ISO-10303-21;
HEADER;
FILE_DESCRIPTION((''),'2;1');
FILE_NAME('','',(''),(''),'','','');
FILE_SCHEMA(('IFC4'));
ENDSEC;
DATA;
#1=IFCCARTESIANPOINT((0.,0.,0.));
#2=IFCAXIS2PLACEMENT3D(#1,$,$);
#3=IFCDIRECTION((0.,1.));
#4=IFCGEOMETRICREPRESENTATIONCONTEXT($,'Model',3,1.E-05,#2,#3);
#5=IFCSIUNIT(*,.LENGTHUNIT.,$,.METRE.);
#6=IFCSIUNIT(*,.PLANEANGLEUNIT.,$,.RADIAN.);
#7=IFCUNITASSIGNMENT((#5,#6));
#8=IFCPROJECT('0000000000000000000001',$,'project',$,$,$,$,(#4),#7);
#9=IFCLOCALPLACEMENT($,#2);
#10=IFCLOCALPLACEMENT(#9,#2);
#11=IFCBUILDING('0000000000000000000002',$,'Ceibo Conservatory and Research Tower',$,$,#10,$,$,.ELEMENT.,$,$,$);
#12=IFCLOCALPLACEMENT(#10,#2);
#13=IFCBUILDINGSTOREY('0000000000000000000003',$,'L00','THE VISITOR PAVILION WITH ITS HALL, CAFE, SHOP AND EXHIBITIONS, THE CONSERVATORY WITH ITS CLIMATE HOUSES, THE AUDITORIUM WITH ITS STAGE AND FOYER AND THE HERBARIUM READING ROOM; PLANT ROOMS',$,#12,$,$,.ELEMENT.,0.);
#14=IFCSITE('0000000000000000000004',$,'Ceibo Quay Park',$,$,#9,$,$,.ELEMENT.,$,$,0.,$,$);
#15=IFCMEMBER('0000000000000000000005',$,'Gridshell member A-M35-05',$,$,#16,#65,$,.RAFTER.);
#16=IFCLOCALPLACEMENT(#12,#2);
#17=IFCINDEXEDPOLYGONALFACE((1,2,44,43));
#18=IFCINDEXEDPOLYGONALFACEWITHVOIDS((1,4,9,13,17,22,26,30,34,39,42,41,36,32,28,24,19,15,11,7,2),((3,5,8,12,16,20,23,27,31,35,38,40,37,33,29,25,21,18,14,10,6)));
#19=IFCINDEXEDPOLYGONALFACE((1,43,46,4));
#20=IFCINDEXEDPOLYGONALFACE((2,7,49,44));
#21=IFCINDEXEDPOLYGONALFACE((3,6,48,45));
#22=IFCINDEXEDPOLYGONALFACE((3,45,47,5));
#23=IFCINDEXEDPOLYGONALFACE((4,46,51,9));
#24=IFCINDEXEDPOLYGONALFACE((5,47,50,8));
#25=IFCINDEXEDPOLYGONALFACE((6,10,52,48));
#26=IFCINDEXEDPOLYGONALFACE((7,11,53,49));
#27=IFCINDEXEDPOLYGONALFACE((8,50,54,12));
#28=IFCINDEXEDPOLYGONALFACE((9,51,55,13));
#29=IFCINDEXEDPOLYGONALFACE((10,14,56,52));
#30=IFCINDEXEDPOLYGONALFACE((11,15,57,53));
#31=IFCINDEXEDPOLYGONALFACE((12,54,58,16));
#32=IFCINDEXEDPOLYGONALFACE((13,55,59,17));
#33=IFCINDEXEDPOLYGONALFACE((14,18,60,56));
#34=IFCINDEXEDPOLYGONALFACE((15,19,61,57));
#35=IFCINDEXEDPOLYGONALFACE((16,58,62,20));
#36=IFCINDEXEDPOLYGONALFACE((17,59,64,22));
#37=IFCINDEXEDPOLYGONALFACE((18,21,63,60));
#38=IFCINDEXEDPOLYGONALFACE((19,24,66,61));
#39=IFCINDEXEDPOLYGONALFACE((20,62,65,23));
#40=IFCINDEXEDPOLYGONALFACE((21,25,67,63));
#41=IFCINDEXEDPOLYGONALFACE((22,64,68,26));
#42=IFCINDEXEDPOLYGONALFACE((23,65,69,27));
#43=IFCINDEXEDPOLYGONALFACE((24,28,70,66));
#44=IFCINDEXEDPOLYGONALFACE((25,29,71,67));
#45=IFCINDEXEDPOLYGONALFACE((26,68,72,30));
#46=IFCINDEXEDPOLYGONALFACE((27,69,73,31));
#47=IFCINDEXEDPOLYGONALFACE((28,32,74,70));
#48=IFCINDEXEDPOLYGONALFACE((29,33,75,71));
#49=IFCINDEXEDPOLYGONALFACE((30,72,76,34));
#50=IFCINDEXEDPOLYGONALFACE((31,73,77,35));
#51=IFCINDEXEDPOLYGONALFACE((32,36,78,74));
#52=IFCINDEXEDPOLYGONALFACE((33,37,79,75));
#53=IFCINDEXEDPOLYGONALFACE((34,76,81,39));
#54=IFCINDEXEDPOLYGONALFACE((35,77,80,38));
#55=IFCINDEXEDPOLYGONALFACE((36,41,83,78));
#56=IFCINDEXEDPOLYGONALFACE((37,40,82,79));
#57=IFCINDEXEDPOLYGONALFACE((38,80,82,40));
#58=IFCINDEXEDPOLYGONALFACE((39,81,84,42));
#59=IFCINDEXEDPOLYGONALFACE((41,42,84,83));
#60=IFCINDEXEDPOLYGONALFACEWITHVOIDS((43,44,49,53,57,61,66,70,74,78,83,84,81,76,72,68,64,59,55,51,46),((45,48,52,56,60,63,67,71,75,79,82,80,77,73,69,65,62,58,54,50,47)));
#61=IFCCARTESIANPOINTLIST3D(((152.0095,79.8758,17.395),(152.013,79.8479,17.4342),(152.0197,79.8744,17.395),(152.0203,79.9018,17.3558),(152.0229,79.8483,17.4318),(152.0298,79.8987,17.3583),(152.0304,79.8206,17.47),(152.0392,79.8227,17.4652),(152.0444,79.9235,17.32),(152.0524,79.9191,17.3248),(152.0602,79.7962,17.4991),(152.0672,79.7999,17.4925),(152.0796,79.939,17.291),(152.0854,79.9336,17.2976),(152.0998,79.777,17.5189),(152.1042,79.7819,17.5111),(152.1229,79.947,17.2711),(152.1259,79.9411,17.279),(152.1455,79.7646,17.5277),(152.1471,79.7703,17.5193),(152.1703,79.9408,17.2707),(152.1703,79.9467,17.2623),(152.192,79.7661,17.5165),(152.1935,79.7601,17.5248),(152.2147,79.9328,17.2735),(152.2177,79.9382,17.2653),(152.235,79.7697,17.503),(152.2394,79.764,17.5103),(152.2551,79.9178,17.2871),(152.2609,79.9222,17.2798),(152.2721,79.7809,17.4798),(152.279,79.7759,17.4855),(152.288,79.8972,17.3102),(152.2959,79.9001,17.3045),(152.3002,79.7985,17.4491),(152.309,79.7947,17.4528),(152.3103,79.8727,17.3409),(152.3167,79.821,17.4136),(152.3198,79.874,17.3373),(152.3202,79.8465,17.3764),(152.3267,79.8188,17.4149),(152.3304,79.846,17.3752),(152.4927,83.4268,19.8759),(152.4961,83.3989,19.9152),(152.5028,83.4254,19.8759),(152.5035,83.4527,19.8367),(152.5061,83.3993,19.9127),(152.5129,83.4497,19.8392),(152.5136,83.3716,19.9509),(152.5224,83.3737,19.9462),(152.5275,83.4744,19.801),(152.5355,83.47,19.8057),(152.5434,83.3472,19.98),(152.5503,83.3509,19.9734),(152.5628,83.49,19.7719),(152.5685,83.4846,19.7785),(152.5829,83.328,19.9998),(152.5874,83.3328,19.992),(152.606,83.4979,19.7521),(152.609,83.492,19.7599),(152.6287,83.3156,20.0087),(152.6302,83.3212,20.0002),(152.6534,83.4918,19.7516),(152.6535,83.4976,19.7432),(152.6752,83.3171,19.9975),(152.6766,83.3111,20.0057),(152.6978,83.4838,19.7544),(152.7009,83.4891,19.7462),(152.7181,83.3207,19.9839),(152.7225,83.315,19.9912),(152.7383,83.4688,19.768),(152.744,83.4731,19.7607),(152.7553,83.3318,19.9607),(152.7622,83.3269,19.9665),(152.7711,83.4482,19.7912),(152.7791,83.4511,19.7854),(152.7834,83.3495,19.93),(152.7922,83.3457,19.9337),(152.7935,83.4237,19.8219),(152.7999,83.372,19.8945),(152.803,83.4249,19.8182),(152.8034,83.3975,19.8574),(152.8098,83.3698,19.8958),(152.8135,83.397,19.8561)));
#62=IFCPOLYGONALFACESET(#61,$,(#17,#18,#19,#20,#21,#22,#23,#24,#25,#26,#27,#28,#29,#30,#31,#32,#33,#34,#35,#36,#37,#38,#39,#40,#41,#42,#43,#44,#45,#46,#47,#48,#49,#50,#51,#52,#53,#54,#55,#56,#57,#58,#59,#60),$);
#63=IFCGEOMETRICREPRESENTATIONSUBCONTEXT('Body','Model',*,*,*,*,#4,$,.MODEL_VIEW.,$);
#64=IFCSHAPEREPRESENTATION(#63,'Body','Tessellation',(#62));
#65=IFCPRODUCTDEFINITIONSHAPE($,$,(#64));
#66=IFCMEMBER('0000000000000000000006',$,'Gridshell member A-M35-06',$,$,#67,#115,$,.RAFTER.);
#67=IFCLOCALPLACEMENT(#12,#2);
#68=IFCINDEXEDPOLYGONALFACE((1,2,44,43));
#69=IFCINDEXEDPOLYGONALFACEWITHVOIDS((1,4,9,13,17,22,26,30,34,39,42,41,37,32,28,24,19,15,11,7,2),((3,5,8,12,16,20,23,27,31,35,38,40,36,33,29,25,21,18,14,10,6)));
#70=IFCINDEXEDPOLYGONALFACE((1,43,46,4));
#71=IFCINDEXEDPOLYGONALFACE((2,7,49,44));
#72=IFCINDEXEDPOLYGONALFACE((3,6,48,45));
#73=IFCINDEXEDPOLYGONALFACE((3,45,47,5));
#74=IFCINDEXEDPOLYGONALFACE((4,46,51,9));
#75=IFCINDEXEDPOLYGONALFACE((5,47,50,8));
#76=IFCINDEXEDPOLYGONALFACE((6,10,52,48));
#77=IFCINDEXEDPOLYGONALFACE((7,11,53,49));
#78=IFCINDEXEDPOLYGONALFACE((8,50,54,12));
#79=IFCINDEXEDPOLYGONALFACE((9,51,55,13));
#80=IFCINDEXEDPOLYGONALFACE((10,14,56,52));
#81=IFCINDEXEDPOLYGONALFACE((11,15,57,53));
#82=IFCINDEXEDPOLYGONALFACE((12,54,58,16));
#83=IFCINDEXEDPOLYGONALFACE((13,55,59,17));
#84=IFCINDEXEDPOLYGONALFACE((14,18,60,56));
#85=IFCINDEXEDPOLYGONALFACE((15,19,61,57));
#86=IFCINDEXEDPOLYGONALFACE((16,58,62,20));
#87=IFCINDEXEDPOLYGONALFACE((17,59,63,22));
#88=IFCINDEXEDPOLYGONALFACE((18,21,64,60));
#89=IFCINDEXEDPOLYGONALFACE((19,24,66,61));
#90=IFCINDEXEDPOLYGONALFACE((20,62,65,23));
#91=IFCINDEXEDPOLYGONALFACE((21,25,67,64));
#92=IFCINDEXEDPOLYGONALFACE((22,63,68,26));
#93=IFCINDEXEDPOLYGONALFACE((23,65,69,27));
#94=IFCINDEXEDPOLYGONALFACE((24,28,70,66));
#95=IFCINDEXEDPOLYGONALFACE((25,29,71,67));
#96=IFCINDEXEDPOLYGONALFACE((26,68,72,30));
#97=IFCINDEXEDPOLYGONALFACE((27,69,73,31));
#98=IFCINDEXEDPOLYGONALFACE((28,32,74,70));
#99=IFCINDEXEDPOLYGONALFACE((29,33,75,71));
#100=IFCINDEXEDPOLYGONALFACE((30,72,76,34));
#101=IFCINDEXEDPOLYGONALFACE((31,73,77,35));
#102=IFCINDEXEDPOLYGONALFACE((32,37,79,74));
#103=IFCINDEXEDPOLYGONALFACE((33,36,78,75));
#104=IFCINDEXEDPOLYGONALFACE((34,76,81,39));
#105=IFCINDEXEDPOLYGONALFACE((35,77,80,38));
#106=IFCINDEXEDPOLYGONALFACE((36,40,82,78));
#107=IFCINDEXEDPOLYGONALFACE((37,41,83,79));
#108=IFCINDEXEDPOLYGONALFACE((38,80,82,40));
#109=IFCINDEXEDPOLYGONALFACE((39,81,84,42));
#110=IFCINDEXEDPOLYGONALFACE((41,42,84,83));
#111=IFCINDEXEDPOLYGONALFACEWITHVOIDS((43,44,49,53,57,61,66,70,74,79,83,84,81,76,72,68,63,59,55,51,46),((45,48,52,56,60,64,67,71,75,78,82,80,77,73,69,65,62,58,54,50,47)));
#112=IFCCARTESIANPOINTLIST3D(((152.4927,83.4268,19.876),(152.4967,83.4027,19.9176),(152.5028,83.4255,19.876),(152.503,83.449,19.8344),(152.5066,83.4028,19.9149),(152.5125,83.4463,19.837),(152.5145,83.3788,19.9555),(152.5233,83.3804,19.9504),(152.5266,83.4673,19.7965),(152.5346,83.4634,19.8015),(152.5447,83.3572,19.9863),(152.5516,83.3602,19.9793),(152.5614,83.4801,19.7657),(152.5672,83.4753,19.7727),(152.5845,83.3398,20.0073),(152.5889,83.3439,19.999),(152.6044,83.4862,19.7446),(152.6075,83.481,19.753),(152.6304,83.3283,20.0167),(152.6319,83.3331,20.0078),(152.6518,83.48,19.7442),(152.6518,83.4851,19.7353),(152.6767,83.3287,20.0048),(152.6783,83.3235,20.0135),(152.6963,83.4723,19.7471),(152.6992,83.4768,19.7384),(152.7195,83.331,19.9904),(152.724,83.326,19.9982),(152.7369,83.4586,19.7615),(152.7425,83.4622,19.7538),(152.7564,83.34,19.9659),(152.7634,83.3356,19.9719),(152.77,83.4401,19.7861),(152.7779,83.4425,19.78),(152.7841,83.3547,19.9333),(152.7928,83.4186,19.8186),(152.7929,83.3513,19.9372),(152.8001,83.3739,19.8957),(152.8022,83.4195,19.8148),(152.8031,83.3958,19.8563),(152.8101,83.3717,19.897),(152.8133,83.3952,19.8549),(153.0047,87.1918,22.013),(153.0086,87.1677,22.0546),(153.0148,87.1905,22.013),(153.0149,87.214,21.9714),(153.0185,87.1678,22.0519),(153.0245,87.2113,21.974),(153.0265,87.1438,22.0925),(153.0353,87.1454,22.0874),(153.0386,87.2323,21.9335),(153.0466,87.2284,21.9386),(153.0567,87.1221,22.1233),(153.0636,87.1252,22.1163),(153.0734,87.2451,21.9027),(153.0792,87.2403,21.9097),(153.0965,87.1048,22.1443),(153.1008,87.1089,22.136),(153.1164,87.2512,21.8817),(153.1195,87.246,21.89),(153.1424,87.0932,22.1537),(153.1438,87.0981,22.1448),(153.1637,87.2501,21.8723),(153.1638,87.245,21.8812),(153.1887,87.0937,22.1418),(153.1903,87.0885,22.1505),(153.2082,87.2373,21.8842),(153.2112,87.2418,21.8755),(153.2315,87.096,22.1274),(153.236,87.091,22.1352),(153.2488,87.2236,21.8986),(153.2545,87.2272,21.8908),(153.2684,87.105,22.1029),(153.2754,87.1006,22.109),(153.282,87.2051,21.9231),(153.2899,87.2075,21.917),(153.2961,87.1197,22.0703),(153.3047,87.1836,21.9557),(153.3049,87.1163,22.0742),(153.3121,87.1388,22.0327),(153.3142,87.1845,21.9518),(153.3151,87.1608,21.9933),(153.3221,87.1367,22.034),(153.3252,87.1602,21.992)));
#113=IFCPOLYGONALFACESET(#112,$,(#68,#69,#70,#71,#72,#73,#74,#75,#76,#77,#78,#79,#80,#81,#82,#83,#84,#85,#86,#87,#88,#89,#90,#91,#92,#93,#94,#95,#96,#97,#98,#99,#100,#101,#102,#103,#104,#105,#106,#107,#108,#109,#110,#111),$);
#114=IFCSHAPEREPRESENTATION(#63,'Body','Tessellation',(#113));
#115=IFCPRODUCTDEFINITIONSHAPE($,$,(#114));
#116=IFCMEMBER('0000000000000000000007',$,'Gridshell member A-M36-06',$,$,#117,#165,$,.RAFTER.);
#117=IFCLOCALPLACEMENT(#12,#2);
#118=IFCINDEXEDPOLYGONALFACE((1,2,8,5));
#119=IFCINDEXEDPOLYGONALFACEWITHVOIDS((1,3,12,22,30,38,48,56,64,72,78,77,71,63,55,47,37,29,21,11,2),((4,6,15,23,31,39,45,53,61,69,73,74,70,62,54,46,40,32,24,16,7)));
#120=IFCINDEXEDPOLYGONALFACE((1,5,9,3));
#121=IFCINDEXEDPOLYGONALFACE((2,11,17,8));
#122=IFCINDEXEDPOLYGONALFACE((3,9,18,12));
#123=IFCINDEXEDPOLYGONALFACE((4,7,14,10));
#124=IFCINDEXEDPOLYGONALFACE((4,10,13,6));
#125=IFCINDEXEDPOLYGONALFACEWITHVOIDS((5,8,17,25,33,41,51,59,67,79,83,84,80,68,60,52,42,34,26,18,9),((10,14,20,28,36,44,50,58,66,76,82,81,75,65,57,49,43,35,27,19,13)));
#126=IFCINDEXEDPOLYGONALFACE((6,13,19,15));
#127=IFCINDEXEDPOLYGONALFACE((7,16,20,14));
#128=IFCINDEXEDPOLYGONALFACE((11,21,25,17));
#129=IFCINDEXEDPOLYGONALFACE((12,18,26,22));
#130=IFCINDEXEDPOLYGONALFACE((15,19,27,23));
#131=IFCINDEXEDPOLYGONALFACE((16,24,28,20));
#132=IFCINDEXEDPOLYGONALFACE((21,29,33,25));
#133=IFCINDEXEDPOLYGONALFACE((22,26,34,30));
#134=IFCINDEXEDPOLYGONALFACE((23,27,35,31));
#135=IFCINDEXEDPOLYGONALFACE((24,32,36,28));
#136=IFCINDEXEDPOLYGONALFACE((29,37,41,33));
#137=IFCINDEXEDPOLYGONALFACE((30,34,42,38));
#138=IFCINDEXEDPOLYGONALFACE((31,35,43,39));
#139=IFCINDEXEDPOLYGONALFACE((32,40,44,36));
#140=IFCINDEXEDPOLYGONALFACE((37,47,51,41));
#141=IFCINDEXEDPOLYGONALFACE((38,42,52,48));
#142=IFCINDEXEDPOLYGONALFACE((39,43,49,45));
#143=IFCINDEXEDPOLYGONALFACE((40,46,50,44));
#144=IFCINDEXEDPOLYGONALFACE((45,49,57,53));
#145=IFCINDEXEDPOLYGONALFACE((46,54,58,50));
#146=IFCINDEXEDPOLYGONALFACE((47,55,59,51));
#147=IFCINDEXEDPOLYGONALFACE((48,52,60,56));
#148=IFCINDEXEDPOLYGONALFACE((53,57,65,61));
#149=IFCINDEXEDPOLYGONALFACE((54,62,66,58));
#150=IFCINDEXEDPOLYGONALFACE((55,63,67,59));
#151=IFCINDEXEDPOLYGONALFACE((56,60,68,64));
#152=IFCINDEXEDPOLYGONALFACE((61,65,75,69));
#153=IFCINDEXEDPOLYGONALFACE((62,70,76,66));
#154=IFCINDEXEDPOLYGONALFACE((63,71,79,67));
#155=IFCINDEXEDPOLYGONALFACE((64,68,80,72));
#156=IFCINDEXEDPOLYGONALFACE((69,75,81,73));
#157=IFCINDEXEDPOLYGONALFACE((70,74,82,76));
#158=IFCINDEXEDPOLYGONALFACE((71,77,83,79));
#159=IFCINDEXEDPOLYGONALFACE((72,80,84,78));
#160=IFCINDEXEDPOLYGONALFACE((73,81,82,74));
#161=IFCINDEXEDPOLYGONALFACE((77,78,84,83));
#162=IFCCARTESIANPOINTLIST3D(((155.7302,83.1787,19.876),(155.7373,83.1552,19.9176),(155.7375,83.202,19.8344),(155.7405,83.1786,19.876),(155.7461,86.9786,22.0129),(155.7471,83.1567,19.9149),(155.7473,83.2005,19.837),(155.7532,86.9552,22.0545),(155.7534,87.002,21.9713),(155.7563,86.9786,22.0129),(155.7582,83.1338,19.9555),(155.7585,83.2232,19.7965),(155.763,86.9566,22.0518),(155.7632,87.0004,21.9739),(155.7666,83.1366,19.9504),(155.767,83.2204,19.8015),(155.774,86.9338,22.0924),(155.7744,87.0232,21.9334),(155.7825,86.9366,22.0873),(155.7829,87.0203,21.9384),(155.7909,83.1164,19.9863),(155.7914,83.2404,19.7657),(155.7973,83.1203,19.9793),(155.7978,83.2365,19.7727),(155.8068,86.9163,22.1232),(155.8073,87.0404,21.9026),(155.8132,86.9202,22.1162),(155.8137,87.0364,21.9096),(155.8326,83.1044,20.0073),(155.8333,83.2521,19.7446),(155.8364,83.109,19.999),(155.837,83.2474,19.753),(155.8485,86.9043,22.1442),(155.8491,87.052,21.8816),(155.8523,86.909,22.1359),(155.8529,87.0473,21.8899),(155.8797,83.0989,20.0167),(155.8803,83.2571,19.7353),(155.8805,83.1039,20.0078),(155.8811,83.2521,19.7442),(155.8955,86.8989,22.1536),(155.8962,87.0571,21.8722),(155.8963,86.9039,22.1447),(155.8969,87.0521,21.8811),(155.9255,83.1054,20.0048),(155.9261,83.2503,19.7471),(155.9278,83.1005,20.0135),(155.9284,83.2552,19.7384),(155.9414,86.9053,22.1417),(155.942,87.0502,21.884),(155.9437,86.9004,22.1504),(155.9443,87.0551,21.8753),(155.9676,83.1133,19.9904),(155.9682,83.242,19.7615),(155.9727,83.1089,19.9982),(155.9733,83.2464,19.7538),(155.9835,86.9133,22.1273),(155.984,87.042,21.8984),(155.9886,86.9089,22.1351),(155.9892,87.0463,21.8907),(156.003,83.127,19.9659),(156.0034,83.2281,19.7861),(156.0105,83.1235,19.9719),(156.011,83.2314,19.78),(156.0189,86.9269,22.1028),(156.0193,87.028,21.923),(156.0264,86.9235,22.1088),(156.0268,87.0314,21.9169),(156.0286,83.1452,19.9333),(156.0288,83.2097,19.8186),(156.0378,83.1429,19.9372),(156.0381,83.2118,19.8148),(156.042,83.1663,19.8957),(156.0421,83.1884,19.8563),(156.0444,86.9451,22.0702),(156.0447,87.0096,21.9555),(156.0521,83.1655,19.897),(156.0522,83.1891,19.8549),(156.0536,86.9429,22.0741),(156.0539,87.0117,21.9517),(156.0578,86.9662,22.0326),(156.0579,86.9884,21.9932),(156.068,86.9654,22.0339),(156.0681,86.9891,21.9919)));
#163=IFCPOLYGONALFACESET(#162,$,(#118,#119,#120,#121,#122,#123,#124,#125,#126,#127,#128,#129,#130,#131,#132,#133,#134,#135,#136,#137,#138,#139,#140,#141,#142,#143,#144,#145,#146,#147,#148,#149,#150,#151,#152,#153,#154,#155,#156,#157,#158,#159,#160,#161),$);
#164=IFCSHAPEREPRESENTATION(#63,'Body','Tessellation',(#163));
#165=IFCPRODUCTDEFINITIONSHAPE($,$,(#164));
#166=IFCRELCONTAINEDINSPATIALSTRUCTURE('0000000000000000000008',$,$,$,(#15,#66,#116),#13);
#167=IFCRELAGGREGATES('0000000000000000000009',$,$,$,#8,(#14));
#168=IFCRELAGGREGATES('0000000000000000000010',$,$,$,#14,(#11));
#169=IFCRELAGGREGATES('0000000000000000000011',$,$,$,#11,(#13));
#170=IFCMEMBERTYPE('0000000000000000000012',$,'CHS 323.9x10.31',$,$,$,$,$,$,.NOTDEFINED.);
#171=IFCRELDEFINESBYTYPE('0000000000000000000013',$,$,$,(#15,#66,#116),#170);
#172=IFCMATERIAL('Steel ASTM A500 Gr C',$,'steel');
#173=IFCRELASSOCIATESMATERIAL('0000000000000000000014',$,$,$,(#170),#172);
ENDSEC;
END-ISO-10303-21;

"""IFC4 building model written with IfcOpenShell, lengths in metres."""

from ifc_helpers import new_model, si_unit, direction, frame, origin, origin_2d, place, context, subcontext, project, spatial, hollow_circle, extrude, material, material_profile, profile_set, type_object, element, save


model = new_model("IFC4")

# Units and contexts
model_context = context("Model", 3, precision=1e-05, world=origin(), true_north=direction((0.0, 1.0)))
body_context = subcontext(model_context, "Body", "Model", "MODEL_VIEW")
ifc_project = project(units=[si_unit("LENGTHUNIT", "METRE"), si_unit("PLANEANGLEUNIT", "RADIAN")], contexts=[model_context])

# Site, building, storey
site_placement = place(None, origin())
site = spatial("IfcSite", under=ifc_project, at=site_placement, Name="Ceibo Quay Park", CompositionType="ELEMENT", RefElevation=0.0)
building_placement = place(site_placement, origin())
building = spatial("IfcBuilding", under=site, at=building_placement, Name="Ceibo Conservatory and Research Tower", CompositionType="ELEMENT")
storey_placement = place(building_placement, origin())
storey = spatial("IfcBuildingStorey", under=building, at=storey_placement, Name="L00", Description="THE VISITOR PAVILION WITH ITS HALL, CAFE, SHOP AND EXHIBITIONS, THE CONSERVATORY WITH ITS CLIMATE HOUSES, THE AUDITORIUM WITH ITS STAGE AND FOYER AND THE HERBARIUM READING ROOM; PLANT ROOMS", CompositionType="ELEMENT", Elevation=0.0)

# Members
ifc_material_1 = material(Name="Steel ASTM A500 Gr C", Category="steel")
ifc_material_profile_1 = material_profile(ifc_material_1, hollow_circle(Radius=0.1619, WallThickness=0.0103, at=origin_2d()), Name="CHS 323.9x10.31")
ifc_profile_set_1 = profile_set([ifc_material_profile_1], Name="Steel ASTM A500 Gr C")
member_type_1 = type_object("IfcMemberType", Name="CHS 323.9x10.31", PredefinedType="NOTDEFINED", material=ifc_profile_set_1)
member_1_placement = place(storey_placement, frame((152.1699, 79.854, 17.395), z_axis=(0.110848, 0.814696, 0.569195), x_axis=(-0.99087, 0.134818, 0.0)))
element("IfcMember", 1, at=member_1_placement, inside=storey, type_object=member_type_1, Name="Gridshell member A-M35-05", PredefinedType="RAFTER", context=body_context, shape_type="SweptSolid", body=[
    extrude(hollow_circle(Radius=0.1619, WallThickness=0.0103, at=origin_2d()), origin(), (0.0, 0.0, 1.0), 4.3586),
])
member_2_placement = place(storey_placement, frame((152.6531, 83.405, 19.876), z_axis=(0.117443, 0.863654, 0.490213), x_axis=(-0.990881, 0.134743, 0.0)))
element("IfcMember", 2, at=member_2_placement, inside=storey, type_object=member_type_1, Name="Gridshell member A-M35-06", PredefinedType="RAFTER", context=body_context, shape_type="SweptSolid", body=[
    extrude(hollow_circle(Radius=0.1619, WallThickness=0.0103, at=origin_2d()), origin(), (0.0, 0.0, 1.0), 4.3594),
])
member_3_placement = place(storey_placement, frame((155.8921, 83.178, 19.876), z_axis=(0.00364, 0.871625, 0.49016), x_axis=(-0.999991, 0.004176, 0.0)))
element("IfcMember", 3, at=member_3_placement, inside=storey, type_object=member_type_1, Name="Gridshell member A-M36-06", PredefinedType="RAFTER", context=body_context, shape_type="SweptSolid", body=[
    extrude(hollow_circle(Radius=0.1619, WallThickness=0.0103, at=origin_2d()), origin(), (0.0, 0.0, 1.0), 4.3596),
])

save(model, "model.ifc")
